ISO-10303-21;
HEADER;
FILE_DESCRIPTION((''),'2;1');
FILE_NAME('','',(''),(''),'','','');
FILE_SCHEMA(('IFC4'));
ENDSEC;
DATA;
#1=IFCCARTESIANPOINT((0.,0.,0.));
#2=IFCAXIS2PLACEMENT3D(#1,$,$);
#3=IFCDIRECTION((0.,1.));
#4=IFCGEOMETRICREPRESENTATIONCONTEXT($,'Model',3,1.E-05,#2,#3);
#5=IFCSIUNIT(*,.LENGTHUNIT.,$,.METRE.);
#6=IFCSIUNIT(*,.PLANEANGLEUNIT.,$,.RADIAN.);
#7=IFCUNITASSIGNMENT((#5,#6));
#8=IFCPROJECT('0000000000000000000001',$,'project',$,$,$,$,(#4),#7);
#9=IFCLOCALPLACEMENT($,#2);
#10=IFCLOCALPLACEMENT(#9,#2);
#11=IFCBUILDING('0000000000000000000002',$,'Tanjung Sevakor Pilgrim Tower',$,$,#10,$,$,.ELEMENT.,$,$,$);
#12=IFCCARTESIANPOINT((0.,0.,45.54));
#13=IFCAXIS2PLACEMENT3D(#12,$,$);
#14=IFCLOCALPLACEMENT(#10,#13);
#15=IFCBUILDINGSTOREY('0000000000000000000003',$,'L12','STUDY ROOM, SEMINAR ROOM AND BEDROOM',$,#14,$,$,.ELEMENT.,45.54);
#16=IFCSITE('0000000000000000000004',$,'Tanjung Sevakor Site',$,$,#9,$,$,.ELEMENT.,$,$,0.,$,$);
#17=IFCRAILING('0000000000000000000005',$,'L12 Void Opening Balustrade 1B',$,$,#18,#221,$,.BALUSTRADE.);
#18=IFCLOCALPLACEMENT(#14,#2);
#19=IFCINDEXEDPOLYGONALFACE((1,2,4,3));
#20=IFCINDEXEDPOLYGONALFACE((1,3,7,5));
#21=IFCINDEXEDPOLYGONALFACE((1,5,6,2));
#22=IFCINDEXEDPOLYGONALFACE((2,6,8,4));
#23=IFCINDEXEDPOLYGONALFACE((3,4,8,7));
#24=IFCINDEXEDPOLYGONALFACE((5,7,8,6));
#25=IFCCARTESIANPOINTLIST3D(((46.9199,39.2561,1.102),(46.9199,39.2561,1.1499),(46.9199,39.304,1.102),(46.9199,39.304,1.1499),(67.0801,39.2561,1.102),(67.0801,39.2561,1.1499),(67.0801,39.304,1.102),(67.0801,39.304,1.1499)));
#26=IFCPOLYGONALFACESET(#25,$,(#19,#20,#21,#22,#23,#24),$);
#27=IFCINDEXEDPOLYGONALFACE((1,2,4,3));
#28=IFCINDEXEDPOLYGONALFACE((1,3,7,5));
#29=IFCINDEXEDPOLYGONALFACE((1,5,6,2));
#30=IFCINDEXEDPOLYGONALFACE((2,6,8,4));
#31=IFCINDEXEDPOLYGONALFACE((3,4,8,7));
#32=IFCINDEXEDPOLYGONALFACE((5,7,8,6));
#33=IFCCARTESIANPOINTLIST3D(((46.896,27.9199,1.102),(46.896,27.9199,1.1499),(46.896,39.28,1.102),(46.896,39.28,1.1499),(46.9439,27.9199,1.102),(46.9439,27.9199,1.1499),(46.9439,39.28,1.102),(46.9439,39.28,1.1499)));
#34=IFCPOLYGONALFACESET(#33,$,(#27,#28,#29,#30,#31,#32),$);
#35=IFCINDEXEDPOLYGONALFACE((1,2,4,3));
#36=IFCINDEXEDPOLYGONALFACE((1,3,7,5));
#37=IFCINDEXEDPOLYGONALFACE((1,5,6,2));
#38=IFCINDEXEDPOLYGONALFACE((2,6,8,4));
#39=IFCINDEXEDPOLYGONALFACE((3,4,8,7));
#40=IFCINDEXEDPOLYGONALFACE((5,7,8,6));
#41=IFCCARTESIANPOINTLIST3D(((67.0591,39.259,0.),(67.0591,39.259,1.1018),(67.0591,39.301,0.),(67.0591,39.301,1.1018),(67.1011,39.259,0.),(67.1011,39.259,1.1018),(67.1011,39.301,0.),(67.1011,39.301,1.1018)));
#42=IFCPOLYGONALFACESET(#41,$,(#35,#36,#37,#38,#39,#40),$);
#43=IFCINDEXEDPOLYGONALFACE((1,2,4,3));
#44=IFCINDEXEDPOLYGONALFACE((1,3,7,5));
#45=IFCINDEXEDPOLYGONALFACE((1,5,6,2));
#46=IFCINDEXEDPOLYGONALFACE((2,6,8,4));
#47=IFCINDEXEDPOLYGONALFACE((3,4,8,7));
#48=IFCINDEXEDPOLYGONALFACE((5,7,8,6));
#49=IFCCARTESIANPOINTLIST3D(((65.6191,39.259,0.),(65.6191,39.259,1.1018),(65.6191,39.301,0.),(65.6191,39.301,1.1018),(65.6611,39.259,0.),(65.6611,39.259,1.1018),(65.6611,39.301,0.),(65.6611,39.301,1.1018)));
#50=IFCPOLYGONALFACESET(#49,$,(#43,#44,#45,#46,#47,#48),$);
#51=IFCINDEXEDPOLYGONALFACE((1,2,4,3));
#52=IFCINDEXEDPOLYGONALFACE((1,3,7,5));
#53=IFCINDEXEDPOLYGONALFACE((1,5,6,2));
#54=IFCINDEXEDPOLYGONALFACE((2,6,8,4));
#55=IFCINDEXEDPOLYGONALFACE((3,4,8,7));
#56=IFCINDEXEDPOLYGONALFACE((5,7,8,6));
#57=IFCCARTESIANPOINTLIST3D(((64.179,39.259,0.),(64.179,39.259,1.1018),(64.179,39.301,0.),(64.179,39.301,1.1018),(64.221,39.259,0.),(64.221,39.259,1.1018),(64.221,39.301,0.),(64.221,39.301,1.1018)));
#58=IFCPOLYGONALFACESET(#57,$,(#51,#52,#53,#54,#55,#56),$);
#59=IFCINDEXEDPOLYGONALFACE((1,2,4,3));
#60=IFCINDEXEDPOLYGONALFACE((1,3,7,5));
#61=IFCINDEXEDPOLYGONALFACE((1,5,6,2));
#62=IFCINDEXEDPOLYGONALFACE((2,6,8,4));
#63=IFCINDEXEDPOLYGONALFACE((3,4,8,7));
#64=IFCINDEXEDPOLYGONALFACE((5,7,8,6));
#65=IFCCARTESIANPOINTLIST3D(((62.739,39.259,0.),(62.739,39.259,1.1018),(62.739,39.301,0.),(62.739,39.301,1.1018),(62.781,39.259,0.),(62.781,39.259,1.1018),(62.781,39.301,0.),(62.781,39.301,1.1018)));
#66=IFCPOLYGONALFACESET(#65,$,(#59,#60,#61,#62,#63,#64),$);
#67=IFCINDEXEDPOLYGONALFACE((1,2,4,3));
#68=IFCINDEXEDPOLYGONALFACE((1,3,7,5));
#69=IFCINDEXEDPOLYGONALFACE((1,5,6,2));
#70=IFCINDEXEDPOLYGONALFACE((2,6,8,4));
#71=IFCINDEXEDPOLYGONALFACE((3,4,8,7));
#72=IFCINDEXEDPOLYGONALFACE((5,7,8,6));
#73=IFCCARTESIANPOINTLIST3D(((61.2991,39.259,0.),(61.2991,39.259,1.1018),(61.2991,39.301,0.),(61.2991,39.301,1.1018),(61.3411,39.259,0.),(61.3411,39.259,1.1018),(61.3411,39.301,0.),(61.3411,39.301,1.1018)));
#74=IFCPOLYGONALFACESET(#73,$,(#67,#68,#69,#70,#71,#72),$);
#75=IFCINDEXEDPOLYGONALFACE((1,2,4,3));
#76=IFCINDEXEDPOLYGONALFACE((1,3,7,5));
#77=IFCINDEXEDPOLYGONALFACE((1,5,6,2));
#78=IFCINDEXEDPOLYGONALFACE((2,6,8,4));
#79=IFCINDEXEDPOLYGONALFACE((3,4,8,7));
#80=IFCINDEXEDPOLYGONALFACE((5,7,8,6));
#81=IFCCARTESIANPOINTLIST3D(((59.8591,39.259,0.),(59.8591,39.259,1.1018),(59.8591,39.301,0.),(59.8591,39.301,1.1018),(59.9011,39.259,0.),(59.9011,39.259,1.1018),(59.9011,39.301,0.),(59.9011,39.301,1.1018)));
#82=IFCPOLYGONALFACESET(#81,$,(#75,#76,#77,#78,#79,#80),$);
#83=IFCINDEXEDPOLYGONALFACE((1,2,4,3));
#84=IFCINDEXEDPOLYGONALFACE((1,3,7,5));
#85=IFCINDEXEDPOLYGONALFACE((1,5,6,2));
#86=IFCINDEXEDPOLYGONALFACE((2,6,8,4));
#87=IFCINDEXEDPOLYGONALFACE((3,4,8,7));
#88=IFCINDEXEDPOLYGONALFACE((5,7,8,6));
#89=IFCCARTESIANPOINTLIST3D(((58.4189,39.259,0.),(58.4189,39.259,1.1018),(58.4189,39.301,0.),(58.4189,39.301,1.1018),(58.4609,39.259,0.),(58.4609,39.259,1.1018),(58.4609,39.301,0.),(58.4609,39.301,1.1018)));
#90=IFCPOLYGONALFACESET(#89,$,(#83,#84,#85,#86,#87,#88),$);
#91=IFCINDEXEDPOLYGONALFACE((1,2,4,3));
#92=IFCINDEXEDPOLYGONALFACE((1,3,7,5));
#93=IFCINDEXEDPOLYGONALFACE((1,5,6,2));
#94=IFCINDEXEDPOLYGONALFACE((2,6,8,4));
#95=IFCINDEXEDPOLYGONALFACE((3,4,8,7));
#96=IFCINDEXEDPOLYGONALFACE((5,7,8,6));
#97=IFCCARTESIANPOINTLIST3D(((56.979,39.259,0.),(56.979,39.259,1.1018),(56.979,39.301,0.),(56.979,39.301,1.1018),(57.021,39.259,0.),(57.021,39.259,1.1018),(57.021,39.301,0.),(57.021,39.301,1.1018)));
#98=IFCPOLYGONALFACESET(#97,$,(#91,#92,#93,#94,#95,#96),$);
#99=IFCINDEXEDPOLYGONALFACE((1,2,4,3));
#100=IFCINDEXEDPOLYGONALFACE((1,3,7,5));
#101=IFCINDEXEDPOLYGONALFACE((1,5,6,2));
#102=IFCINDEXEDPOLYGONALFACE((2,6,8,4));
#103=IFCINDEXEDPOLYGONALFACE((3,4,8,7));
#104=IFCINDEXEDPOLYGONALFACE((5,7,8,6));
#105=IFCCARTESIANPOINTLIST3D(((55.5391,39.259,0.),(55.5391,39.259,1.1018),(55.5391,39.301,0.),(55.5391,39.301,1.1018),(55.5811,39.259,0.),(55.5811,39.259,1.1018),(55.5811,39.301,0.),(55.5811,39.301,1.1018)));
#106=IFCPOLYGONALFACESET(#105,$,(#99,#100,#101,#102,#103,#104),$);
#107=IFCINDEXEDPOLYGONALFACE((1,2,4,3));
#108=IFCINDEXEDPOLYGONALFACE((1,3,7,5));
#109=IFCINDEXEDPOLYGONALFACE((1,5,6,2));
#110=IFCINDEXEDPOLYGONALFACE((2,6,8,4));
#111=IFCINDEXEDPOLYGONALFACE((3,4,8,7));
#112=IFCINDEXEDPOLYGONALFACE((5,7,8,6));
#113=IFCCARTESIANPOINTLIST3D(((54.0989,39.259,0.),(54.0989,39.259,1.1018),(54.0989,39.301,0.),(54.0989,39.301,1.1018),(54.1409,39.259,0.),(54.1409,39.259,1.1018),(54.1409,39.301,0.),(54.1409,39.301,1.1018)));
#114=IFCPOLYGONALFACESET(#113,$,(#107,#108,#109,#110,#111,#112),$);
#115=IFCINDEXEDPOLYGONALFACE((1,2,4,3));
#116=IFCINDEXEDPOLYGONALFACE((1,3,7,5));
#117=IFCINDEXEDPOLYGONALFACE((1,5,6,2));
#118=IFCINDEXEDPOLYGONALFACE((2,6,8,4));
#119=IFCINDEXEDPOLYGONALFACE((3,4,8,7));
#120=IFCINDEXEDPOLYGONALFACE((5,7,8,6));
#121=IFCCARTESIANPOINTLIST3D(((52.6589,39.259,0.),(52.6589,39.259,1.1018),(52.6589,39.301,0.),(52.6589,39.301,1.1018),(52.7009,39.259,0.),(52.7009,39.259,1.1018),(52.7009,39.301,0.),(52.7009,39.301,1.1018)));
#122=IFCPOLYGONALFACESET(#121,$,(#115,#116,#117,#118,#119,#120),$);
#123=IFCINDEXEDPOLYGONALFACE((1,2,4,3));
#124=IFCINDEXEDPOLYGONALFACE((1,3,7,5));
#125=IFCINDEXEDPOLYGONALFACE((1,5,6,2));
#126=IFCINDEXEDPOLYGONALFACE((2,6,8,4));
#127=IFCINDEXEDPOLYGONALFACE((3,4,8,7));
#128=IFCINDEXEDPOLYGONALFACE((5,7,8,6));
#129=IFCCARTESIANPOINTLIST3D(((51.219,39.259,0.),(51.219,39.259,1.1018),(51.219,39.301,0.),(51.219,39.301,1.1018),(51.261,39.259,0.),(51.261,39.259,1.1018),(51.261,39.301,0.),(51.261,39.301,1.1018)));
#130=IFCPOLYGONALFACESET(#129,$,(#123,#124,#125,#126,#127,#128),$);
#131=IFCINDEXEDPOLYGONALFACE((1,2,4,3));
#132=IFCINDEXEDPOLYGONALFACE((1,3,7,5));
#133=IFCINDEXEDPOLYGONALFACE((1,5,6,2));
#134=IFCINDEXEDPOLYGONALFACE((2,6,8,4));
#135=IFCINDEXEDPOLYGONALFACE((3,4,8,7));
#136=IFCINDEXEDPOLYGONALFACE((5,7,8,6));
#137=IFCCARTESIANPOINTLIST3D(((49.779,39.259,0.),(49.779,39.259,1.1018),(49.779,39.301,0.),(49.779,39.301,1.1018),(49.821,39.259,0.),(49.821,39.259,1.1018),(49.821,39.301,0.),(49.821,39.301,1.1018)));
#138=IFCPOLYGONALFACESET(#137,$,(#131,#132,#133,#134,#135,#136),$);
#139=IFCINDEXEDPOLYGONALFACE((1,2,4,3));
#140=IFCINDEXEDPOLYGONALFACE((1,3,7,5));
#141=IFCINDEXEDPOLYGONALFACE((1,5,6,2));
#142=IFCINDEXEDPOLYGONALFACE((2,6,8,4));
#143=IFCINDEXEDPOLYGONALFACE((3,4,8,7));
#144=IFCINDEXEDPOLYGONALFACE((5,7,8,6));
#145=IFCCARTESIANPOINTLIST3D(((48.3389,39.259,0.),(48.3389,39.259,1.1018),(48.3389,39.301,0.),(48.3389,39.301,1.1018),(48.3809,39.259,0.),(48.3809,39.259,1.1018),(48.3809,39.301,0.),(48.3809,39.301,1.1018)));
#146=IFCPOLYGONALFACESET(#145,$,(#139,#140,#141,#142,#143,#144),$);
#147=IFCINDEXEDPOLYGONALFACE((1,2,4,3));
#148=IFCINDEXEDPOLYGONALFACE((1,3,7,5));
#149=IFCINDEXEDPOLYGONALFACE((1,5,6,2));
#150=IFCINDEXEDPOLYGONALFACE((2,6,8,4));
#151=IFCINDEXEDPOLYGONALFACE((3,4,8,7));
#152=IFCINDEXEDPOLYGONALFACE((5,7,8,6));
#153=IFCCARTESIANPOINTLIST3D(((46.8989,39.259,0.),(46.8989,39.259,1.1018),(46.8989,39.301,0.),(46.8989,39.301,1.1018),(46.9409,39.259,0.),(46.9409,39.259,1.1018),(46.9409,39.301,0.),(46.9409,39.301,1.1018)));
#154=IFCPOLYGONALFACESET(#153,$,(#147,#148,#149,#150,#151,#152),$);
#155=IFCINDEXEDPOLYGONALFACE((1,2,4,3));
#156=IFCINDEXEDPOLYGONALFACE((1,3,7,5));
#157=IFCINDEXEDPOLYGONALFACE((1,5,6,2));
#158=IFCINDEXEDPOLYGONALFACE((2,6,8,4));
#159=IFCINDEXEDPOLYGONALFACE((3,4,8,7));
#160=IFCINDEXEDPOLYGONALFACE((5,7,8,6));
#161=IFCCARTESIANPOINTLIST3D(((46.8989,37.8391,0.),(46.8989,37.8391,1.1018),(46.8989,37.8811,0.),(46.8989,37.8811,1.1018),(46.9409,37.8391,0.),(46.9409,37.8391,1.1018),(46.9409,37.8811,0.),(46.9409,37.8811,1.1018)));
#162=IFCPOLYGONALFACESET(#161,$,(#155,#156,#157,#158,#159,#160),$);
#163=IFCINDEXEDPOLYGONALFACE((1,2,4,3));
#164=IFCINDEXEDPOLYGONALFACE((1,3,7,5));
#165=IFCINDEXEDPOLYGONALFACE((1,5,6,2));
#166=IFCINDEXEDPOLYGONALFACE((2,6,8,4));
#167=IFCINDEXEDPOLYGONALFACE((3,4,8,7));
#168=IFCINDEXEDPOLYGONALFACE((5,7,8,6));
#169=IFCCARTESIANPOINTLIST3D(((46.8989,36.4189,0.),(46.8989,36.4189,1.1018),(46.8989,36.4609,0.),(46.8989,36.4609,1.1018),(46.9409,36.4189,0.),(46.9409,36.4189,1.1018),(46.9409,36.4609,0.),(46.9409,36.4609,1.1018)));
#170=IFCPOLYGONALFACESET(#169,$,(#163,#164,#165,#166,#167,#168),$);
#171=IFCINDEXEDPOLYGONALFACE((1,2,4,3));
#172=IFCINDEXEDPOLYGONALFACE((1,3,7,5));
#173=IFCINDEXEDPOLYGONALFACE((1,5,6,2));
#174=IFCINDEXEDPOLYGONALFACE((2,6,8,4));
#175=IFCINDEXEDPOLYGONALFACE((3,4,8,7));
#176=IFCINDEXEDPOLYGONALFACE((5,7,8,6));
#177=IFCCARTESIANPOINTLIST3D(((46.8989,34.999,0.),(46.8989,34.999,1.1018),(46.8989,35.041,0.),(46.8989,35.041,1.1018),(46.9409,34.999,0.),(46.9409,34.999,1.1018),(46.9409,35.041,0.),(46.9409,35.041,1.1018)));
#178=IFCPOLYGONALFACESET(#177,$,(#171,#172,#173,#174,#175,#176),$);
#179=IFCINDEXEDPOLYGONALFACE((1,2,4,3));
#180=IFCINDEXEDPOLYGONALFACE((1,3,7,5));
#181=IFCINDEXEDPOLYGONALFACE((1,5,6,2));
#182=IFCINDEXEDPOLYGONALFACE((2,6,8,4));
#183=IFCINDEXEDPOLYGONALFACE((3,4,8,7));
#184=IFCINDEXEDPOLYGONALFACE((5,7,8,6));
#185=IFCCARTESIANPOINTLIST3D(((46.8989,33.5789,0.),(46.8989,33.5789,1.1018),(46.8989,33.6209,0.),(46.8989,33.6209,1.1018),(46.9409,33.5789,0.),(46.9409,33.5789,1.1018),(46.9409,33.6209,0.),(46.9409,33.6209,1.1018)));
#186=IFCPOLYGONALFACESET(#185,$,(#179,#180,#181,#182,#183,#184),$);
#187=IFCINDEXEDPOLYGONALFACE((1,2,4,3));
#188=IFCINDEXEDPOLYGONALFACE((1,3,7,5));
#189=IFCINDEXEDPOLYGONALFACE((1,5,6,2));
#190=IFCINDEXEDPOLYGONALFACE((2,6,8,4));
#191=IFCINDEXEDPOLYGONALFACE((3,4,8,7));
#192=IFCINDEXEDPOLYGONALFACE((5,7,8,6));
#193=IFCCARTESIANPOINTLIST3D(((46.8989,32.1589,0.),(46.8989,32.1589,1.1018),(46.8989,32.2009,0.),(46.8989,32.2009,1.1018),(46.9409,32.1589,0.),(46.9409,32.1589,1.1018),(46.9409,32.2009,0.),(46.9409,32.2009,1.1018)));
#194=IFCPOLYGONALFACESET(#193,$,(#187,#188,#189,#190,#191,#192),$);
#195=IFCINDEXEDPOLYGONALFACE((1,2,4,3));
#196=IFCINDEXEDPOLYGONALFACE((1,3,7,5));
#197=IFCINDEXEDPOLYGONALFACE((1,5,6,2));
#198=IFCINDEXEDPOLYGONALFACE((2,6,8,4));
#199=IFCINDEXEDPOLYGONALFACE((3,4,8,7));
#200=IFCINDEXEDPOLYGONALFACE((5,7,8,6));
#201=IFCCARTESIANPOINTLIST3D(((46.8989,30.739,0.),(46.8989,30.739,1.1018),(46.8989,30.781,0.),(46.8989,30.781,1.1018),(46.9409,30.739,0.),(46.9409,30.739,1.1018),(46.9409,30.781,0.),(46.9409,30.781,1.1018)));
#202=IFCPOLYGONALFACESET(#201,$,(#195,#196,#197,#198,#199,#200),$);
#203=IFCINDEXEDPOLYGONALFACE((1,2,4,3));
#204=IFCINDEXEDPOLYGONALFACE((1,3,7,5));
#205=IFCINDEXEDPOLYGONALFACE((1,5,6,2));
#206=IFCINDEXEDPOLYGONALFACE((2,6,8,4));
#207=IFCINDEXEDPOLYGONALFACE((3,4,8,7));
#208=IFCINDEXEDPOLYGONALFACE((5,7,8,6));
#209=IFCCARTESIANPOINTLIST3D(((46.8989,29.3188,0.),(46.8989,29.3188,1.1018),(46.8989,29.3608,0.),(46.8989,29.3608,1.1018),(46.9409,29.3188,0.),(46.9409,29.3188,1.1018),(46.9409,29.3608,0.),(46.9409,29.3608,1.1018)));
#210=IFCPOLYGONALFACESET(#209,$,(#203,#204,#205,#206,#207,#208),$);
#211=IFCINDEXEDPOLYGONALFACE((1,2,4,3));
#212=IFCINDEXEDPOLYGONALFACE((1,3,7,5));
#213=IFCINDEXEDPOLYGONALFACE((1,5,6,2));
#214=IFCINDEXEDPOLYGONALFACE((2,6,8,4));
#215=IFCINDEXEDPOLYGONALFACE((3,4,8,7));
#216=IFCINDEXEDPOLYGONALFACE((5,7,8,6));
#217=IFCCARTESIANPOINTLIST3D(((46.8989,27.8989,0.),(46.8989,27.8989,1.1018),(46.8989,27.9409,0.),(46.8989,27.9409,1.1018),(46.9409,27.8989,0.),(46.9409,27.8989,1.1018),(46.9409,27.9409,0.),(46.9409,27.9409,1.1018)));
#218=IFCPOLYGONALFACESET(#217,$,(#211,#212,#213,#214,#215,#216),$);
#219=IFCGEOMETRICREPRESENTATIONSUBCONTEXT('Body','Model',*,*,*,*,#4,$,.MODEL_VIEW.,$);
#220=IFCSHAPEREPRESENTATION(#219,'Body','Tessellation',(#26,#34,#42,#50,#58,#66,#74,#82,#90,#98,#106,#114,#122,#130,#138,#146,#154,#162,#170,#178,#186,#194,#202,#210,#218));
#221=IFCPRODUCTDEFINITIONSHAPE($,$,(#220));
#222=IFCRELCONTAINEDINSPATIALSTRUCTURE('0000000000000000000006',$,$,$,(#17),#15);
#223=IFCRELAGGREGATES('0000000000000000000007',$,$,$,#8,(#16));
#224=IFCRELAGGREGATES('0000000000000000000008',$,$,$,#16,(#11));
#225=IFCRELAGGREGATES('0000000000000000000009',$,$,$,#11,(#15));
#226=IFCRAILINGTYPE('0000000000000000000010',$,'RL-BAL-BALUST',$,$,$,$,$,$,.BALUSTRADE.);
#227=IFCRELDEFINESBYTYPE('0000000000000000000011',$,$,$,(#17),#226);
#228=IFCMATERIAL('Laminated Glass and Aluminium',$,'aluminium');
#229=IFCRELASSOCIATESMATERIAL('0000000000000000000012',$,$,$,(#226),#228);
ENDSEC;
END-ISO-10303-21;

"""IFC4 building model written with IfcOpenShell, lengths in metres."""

from ifc_helpers import new_model, si_unit, direction, frame, origin, place, context, subcontext, project, spatial, rectangle, extrude, material, type_object, element, save


model = new_model("IFC4")

# Units and contexts
model_context = context("Model", 3, precision=1e-05, world=origin(), true_north=direction((0.0, 1.0)))
body_context = subcontext(model_context, "Body", "Model", "MODEL_VIEW")
ifc_project = project(units=[si_unit("LENGTHUNIT", "METRE"), si_unit("PLANEANGLEUNIT", "RADIAN")], contexts=[model_context])

# Site, building, storey
site_placement = place(None, origin())
site = spatial("IfcSite", under=ifc_project, at=site_placement, Name="Tanjung Sevakor Site", CompositionType="ELEMENT", RefElevation=0.0)
building_placement = place(site_placement, origin())
building = spatial("IfcBuilding", under=site, at=building_placement, Name="Tanjung Sevakor Pilgrim Tower", CompositionType="ELEMENT")
storey_placement = place(building_placement, frame((0.0, 0.0, 45.54)))
storey = spatial("IfcBuildingStorey", under=building, at=storey_placement, Name="L12", Description="STUDY ROOM, SEMINAR ROOM AND BEDROOM", CompositionType="ELEMENT", Elevation=45.54)

# Railing
ifc_material_1 = material(Name="Laminated Glass and Aluminium", Category="aluminium")
railing_type = type_object("IfcRailingType", Name="RL-BAL-BALUST", PredefinedType="BALUSTRADE", material=ifc_material_1)
railing_placement = place(storey_placement, frame((67.0801, 39.28, 0.0)))
element("IfcRailing", 1, at=railing_placement, inside=storey, type_object=railing_type, Name="L12 Void Opening Balustrade 1B", PredefinedType="BALUSTRADE", context=body_context, shape_type="SweptSolid", body=[
    extrude(rectangle(XDim=0.0479, YDim=0.0479), frame((0.0, 0.0, 1.126), z_axis=(-1.0, 0.0, 0.0), x_axis=(0.0, -1.0, 0.0)), (0.0, 0.0, 1.0), 20.1602),
    extrude(rectangle(XDim=0.0479, YDim=0.0479), frame((-20.1602, 0.0, 1.126), z_axis=(0.0, -1.0, 0.0), x_axis=(1.0, 0.0, 0.0)), (0.0, 0.0, 1.0), 11.3601),
    extrude(rectangle(XDim=0.042, YDim=0.042), origin(), (0.0, 0.0, 1.0), 1.1018),
    extrude(rectangle(XDim=0.042, YDim=0.042), frame((-1.4399, 0.0, 0.0)), (0.0, 0.0, 1.0), 1.1018),
    extrude(rectangle(XDim=0.042, YDim=0.042), frame((-2.8801, 0.0, 0.0)), (0.0, 0.0, 1.0), 1.1018),
    extrude(rectangle(XDim=0.042, YDim=0.042), frame((-4.3201, 0.0, 0.0)), (0.0, 0.0, 1.0), 1.1018),
    extrude(rectangle(XDim=0.042, YDim=0.042), frame((-5.76, 0.0, 0.0)), (0.0, 0.0, 1.0), 1.1018),
    extrude(rectangle(XDim=0.042, YDim=0.042), frame((-7.2, 0.0, 0.0)), (0.0, 0.0, 1.0), 1.1018),
    extrude(rectangle(XDim=0.042, YDim=0.042), frame((-8.6401, 0.0, 0.0)), (0.0, 0.0, 1.0), 1.1018),
    extrude(rectangle(XDim=0.042, YDim=0.042), frame((-10.0801, 0.0, 0.0)), (0.0, 0.0, 1.0), 1.1018),
    extrude(rectangle(XDim=0.042, YDim=0.042), frame((-11.52, 0.0, 0.0)), (0.0, 0.0, 1.0), 1.1018),
    extrude(rectangle(XDim=0.042, YDim=0.042), frame((-12.9602, 0.0, 0.0)), (0.0, 0.0, 1.0), 1.1018),
    extrude(rectangle(XDim=0.042, YDim=0.042), frame((-14.4001, 0.0, 0.0)), (0.0, 0.0, 1.0), 1.1018),
    extrude(rectangle(XDim=0.042, YDim=0.042), frame((-15.8401, 0.0, 0.0)), (0.0, 0.0, 1.0), 1.1018),
    extrude(rectangle(XDim=0.042, YDim=0.042), frame((-17.28, 0.0, 0.0)), (0.0, 0.0, 1.0), 1.1018),
    extrude(rectangle(XDim=0.042, YDim=0.042), frame((-18.7202, 0.0, 0.0)), (0.0, 0.0, 1.0), 1.1018),
    extrude(rectangle(XDim=0.042, YDim=0.042), frame((-20.1602, 0.0, 0.0)), (0.0, 0.0, 1.0), 1.1018),
    extrude(rectangle(XDim=0.042, YDim=0.042), frame((-20.1602, -1.4199, 0.0)), (0.0, 0.0, 1.0), 1.1018),
    extrude(rectangle(XDim=0.042, YDim=0.042), frame((-20.1602, -2.8401, 0.0)), (0.0, 0.0, 1.0), 1.1018),
    extrude(rectangle(XDim=0.042, YDim=0.042), frame((-20.1602, -4.26, 0.0)), (0.0, 0.0, 1.0), 1.1018),
    extrude(rectangle(XDim=0.042, YDim=0.042), frame((-20.1602, -5.6802, 0.0)), (0.0, 0.0, 1.0), 1.1018),
    extrude(rectangle(XDim=0.042, YDim=0.042), frame((-20.1602, -7.1001, 0.0)), (0.0, 0.0, 1.0), 1.1018),
    extrude(rectangle(XDim=0.042, YDim=0.042), frame((-20.1602, -8.52, 0.0)), (0.0, 0.0, 1.0), 1.1018),
    extrude(rectangle(XDim=0.042, YDim=0.042), frame((-20.1602, -9.9402, 0.0)), (0.0, 0.0, 1.0), 1.1018),
    extrude(rectangle(XDim=0.042, YDim=0.042), frame((-20.1602, -11.3601, 0.0)), (0.0, 0.0, 1.0), 1.1018),
])

save(model, "model.ifc")
